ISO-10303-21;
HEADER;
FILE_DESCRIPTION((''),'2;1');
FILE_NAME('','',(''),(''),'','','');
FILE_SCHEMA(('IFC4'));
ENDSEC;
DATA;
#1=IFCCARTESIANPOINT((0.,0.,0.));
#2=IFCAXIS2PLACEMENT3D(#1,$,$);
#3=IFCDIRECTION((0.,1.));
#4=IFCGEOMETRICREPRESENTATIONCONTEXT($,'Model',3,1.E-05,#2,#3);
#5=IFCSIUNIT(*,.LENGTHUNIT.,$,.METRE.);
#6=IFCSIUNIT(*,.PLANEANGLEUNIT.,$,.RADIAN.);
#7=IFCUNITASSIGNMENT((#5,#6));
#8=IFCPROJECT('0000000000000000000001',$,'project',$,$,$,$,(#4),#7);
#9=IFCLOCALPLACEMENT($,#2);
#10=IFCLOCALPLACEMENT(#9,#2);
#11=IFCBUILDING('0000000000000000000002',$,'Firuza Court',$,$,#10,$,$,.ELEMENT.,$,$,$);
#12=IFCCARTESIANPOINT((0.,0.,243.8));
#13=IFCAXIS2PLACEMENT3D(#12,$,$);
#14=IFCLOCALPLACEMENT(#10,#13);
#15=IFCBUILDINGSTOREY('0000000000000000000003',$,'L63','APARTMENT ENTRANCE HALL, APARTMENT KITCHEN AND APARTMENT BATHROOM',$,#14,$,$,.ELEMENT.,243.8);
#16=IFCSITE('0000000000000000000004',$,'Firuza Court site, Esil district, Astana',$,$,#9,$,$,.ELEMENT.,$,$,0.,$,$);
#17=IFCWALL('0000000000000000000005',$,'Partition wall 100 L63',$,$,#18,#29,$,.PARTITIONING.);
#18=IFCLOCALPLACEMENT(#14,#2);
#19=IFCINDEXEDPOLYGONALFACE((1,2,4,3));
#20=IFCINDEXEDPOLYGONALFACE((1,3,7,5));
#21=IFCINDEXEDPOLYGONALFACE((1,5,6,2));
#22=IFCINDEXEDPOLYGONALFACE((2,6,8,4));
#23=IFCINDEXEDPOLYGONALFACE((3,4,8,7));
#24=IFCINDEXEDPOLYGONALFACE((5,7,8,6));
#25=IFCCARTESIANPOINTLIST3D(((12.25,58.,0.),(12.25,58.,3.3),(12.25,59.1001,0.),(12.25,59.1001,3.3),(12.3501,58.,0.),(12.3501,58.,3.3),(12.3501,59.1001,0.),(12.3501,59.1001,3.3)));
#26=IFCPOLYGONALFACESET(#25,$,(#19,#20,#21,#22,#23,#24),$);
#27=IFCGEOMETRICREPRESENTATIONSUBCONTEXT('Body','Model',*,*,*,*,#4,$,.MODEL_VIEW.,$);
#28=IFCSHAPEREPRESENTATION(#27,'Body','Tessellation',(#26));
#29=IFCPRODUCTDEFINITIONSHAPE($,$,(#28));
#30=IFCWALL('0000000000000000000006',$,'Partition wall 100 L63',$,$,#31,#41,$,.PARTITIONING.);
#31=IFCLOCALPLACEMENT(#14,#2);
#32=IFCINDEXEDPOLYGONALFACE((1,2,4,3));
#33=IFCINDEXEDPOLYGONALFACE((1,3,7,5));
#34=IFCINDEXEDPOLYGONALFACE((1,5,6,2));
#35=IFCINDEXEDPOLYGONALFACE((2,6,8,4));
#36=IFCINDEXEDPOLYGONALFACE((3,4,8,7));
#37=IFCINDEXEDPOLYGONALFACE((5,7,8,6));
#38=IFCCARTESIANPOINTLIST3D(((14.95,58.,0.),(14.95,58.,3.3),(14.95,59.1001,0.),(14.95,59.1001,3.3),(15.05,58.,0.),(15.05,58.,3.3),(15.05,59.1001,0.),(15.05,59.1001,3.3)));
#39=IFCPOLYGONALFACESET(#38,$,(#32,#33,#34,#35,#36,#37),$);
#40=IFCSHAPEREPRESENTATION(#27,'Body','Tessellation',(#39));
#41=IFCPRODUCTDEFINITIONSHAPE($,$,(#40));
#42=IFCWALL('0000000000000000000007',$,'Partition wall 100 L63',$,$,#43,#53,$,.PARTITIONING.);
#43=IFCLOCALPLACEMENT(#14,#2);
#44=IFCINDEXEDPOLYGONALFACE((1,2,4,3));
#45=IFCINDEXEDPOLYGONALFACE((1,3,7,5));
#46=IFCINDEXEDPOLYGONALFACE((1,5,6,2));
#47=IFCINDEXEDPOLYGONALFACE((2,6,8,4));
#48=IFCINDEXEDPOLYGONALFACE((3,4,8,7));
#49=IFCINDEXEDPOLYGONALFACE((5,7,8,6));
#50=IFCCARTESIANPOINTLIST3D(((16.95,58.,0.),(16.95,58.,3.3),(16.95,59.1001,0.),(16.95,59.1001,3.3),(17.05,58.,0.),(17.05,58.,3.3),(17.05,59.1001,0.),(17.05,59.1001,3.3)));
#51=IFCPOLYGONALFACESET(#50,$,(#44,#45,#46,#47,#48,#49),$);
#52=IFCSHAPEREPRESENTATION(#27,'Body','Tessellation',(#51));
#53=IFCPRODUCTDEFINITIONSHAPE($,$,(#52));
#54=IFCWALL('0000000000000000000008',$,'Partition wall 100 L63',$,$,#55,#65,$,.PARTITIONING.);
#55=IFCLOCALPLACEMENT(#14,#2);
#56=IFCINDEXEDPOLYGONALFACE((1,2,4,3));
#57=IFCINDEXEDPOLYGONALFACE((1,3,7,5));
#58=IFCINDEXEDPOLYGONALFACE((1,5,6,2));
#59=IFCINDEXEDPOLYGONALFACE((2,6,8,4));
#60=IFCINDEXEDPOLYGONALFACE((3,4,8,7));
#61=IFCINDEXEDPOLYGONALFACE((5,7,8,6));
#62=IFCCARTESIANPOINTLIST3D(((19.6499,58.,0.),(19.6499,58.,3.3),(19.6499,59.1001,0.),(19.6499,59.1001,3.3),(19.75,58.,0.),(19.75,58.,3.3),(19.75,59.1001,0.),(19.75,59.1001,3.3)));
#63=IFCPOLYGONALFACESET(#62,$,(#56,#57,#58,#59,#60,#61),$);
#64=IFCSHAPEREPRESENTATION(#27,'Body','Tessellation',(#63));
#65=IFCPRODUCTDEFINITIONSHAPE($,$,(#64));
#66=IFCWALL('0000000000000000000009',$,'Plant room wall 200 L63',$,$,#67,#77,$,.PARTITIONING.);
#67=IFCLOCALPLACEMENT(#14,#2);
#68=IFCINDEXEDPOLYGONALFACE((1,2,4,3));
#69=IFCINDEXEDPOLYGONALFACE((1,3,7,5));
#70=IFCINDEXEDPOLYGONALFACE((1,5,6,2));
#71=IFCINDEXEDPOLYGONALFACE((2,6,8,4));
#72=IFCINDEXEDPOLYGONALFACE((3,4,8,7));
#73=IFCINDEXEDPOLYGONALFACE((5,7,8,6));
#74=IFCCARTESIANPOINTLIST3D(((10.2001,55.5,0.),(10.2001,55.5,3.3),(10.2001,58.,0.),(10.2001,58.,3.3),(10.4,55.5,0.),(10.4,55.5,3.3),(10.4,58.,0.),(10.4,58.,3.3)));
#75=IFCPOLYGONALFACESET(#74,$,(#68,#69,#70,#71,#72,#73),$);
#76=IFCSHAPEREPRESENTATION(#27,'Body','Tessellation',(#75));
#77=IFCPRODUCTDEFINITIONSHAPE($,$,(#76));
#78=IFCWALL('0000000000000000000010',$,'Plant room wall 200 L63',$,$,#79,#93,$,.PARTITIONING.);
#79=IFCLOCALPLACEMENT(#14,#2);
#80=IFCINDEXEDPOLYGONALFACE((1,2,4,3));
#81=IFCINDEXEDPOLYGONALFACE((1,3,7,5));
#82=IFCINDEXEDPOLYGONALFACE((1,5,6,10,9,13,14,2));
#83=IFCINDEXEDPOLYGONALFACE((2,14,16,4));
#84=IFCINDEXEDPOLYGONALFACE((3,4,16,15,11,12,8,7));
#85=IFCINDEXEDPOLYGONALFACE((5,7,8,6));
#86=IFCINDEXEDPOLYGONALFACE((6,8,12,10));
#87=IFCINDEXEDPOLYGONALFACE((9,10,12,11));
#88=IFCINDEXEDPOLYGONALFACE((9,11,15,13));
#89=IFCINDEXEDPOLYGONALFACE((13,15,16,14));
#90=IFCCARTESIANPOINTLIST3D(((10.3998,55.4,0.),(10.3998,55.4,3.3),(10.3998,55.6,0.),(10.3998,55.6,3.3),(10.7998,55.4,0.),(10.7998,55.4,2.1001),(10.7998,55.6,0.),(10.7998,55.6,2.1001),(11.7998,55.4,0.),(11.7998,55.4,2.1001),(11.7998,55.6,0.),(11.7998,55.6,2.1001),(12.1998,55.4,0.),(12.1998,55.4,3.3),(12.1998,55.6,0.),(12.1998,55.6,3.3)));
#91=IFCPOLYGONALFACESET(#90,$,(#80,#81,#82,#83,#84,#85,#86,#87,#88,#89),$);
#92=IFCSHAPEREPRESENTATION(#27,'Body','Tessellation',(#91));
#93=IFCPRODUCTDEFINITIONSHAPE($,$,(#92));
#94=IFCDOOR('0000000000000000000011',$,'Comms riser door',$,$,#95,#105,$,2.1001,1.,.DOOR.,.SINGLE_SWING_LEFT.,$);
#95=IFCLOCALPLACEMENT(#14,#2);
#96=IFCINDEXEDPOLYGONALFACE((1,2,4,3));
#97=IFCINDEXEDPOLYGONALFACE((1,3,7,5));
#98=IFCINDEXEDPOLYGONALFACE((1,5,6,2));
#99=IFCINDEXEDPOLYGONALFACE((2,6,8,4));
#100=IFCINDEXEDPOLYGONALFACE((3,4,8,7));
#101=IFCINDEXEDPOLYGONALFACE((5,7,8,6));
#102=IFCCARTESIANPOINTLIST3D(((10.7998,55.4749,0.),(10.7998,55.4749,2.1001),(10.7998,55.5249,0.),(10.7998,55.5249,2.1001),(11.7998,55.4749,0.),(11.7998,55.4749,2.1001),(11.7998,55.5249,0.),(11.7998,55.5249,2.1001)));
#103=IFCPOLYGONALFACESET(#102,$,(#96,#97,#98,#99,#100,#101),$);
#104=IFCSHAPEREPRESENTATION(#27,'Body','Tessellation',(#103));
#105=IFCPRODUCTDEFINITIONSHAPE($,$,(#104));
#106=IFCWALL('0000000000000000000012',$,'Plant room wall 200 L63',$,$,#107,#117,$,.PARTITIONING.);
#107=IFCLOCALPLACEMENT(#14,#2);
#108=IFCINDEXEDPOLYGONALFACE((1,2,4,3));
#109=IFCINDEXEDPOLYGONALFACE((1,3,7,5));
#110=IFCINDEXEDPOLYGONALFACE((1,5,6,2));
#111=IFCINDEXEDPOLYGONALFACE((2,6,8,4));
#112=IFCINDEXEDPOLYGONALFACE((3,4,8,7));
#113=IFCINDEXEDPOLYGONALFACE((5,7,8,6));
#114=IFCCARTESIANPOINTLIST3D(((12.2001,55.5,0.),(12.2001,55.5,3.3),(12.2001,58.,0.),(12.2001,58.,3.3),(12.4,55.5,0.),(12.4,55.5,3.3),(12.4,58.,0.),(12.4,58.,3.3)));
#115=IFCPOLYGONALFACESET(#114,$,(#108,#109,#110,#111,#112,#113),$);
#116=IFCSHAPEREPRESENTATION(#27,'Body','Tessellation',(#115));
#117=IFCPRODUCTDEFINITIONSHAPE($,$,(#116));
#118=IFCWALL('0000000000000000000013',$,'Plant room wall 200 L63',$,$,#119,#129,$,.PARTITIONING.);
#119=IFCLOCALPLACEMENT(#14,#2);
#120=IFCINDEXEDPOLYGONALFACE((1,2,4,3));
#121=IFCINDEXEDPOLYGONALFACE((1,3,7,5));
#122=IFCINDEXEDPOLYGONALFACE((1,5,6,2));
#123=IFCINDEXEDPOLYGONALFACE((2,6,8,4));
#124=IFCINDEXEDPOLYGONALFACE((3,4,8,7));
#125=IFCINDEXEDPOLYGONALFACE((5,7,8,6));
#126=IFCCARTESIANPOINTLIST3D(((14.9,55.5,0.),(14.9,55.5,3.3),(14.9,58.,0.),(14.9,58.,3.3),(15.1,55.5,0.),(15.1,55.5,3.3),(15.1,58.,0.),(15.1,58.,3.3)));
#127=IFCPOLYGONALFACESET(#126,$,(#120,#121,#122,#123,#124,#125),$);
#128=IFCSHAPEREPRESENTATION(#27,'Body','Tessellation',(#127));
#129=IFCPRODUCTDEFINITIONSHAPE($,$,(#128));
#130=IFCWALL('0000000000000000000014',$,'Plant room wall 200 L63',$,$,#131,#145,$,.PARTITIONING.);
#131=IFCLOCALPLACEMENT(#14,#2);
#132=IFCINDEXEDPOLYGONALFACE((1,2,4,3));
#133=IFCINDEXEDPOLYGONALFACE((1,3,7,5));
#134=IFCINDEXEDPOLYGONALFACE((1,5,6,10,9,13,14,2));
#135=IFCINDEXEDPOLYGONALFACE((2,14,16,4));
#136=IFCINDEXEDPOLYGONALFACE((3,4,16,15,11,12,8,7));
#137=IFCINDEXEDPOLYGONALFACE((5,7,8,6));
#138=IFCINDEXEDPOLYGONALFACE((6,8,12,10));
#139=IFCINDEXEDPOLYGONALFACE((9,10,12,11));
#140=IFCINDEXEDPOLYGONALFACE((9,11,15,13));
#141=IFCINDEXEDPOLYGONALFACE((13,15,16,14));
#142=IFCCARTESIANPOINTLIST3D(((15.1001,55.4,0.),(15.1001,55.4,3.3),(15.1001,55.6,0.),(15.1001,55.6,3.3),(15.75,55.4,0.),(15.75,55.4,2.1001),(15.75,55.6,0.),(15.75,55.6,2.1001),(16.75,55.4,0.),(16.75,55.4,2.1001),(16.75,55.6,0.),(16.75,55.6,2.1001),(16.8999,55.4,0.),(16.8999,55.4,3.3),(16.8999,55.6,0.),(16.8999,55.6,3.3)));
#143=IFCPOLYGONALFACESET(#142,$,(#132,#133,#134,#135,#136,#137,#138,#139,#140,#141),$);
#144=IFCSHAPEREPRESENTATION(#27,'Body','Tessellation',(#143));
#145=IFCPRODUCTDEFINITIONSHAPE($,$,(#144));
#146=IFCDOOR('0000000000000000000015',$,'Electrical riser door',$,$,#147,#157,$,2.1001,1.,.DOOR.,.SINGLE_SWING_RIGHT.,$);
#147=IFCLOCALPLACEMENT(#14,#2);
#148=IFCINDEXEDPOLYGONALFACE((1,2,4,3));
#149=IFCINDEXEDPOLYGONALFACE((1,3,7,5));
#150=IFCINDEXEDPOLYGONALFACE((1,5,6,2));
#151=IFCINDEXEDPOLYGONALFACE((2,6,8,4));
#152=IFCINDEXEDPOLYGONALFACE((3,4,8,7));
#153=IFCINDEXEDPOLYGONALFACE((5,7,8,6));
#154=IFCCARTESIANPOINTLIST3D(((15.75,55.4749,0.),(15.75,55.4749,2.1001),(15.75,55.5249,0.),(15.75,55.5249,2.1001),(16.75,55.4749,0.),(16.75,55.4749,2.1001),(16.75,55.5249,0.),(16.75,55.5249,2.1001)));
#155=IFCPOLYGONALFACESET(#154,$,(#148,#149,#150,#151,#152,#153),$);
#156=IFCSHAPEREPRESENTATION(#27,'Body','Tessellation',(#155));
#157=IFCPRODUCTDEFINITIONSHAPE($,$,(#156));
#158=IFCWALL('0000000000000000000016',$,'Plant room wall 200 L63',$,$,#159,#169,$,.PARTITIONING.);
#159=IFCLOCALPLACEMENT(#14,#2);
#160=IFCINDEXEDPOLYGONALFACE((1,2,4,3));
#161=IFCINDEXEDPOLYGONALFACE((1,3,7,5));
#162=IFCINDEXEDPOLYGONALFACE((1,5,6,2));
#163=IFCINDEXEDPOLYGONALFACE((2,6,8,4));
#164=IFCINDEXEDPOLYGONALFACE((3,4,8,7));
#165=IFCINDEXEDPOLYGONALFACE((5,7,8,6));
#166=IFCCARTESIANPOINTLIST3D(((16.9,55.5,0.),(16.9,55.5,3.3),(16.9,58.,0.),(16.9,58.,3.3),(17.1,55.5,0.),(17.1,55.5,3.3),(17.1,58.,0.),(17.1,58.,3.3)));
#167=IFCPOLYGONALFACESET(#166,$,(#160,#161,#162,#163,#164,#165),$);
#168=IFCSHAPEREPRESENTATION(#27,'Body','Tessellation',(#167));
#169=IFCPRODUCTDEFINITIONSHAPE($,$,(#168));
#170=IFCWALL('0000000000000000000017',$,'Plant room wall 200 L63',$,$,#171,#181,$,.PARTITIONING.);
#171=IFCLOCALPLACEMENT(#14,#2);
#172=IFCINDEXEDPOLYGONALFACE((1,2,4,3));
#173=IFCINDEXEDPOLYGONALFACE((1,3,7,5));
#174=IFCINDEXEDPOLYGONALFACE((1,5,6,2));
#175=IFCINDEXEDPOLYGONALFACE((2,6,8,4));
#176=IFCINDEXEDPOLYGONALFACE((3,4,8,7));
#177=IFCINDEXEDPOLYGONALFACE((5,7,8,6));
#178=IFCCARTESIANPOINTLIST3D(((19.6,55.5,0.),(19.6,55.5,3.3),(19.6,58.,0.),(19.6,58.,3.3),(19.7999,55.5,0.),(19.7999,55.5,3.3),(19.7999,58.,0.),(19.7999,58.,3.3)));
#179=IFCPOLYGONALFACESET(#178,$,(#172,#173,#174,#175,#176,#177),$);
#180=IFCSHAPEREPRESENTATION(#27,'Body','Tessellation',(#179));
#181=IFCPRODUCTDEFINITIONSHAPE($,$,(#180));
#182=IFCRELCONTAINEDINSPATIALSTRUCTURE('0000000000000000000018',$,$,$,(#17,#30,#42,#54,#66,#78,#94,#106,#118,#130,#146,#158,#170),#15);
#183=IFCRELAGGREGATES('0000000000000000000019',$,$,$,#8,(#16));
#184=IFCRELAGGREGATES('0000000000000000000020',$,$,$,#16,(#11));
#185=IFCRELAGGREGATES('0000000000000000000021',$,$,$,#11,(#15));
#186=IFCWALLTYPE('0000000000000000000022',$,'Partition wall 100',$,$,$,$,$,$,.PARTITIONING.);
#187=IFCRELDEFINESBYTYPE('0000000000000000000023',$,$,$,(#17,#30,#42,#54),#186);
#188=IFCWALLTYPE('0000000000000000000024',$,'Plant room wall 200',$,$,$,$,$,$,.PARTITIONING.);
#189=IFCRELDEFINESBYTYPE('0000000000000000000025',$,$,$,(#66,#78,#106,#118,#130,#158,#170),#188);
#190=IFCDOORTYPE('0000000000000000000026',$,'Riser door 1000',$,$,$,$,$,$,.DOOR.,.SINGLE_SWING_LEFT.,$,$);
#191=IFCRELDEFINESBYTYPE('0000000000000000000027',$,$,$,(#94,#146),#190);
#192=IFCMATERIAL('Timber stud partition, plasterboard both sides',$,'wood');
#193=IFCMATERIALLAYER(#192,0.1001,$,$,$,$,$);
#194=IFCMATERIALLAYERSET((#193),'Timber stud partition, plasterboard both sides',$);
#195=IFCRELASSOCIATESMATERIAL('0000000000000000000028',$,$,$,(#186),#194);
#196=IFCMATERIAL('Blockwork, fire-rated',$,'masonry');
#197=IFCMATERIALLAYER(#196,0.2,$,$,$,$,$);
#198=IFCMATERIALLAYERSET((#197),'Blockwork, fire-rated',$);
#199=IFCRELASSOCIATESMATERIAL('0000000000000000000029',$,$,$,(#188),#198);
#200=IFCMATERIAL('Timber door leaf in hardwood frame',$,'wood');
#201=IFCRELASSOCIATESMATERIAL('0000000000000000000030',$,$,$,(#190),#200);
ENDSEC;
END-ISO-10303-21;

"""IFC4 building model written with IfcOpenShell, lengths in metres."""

from ifc_helpers import new_model, si_unit, direction, frame, frame_2d, origin, place, context, subcontext, project, spatial, rectangle, extrude, material, layer, layer_set, type_object, element, fill, save


model = new_model("IFC4")

# Units and contexts
model_context = context("Model", 3, precision=1e-05, world=origin(), true_north=direction((0.0, 1.0)))
body_context = subcontext(model_context, "Body", "Model", "MODEL_VIEW")
ifc_project = project(units=[si_unit("LENGTHUNIT", "METRE"), si_unit("PLANEANGLEUNIT", "RADIAN")], contexts=[model_context])

# Site, building, storey
site_placement = place(None, origin())
site = spatial("IfcSite", under=ifc_project, at=site_placement, Name="Firuza Court site, Esil district, Astana", CompositionType="ELEMENT", RefElevation=0.0)
building_placement = place(site_placement, origin())
building = spatial("IfcBuilding", under=site, at=building_placement, Name="Firuza Court", CompositionType="ELEMENT")
storey_placement = place(building_placement, frame((0.0, 0.0, 243.8)))
storey = spatial("IfcBuildingStorey", under=building, at=storey_placement, Name="L63", Description="APARTMENT ENTRANCE HALL, APARTMENT KITCHEN AND APARTMENT BATHROOM", CompositionType="ELEMENT", Elevation=243.8)

# Walls
ifc_material_1 = material(Name="Timber stud partition, plasterboard both sides", Category="wood")
ifc_layer_1 = layer(ifc_material_1, 0.1001)
ifc_layer_set_1 = layer_set([ifc_layer_1], Name="Timber stud partition, plasterboard both sides")
wall_type_1 = type_object("IfcWallType", Name="Partition wall 100", PredefinedType="PARTITIONING", material=ifc_layer_set_1)
for number, where, z_axis, x_axis, name in (
    (1, (12.3, 58.0, 0.0), (0.0, 0.0, 1.0), (0.0, 1.0, 0.0), "Partition wall 100 L63"),
    (2, (15.0, 58.0, 0.0), (0.0, 0.0, 1.0), (0.0, 1.0, 0.0), "Partition wall 100 L63"),
    (3, (17.0, 58.0, 0.0), (0.0, 0.0, 1.0), (0.0, 1.0, 0.0), "Partition wall 100 L63"),
    (4, (19.7, 58.0, 0.0), (0.0, 0.0, 1.0), (0.0, 1.0, 0.0), "Partition wall 100 L63"),
):
    element("IfcWall", number, at=place(storey_placement, frame(where, z_axis=z_axis, x_axis=x_axis)), inside=storey, type_object=wall_type_1, Name=name, PredefinedType="PARTITIONING", context=body_context, shape_type="SweptSolid", body=[
        extrude(rectangle(XDim=1.1001, YDim=0.1001, at=frame_2d((0.55, 0.0))), origin(), (0.0, 0.0, 1.0), 3.3),
    ])
ifc_material_2 = material(Name="Blockwork, fire-rated", Category="masonry")
ifc_layer_2 = layer(ifc_material_2, 0.2)
ifc_layer_set_2 = layer_set([ifc_layer_2], Name="Blockwork, fire-rated")
wall_type_2 = type_object("IfcWallType", Name="Plant room wall 200", PredefinedType="PARTITIONING", material=ifc_layer_set_2)
wall_1_placement = place(storey_placement, frame((10.3, 55.5, 0.0), z_axis=(0.0, 0.0, 1.0), x_axis=(0.0, 1.0, 0.0)))
element("IfcWall", 5, at=wall_1_placement, inside=storey, type_object=wall_type_2, Name="Plant room wall 200 L63", PredefinedType="PARTITIONING", context=body_context, shape_type="SweptSolid", body=[
    extrude(rectangle(XDim=2.5, YDim=0.2, at=frame_2d((1.25, 0.0))), origin(), (0.0, 0.0, 1.0), 3.3),
])

# Wall, opening, door
wall_2_placement = place(storey_placement, frame((10.3999, 55.5, 0.0), z_axis=(0.0, 0.0, 1.0), x_axis=(1.0, 0.0, 0.0)))
wall_2 = element("IfcWall", 6, at=wall_2_placement, inside=storey, type_object=wall_type_2, Name="Plant room wall 200 L63", PredefinedType="PARTITIONING", context=body_context, shape_type="SweptSolid", body=[
    extrude(rectangle(XDim=1.8, YDim=0.2, at=frame_2d((0.8999, 0.0))), origin(), (0.0, 0.0, 1.0), 3.3),
])
opening_1_placement = place(wall_2_placement, frame((0.3999, 0.0, 0.0)))
opening_1 = element("IfcOpeningElement", 7, at=opening_1_placement, cuts=wall_2, PredefinedType="OPENING", context=body_context, shape_type="SweptSolid", body=[
    extrude(rectangle(XDim=1.0, YDim=2.1001, at=frame_2d((0.5, 1.05))), frame((0.0, 0.1118, 0.0), z_axis=(0.0, -1.0, 0.0), x_axis=(1.0, 0.0, 0.0)), (0.0, 0.0, 1.0), 0.2239),
])
ifc_material_3 = material(Name="Timber door leaf in hardwood frame", Category="wood")
door_type_1 = type_object("IfcDoorType", Name="Riser door 1000", OperationType="SINGLE_SWING_LEFT", PredefinedType="DOOR", material=ifc_material_3)
door_1_placement = place(opening_1_placement, origin())
door_1 = element("IfcDoor", 8, at=door_1_placement, inside=storey, type_object=door_type_1, Name="Comms riser door", OperationType="SINGLE_SWING_LEFT", OverallHeight=2.1001, OverallWidth=1.0, PredefinedType="DOOR", context=body_context, shape_type="SweptSolid", body=[
    extrude(rectangle(XDim=1.0, YDim=2.1001, at=frame_2d((0.5, 1.05))), frame((0.0, 0.0249, 0.0), z_axis=(0.0, -1.0, 0.0), x_axis=(1.0, 0.0, 0.0)), (0.0, 0.0, 1.0), 0.05),
])
fill(opening_1, door_1)

# Walls
for number, where, z_axis, x_axis, name in (
    (9, (12.3, 55.5, 0.0), (0.0, 0.0, 1.0), (0.0, 1.0, 0.0), "Plant room wall 200 L63"),
    (10, (15.0, 55.5, 0.0), (0.0, 0.0, 1.0), (0.0, 1.0, 0.0), "Plant room wall 200 L63"),
):
    element("IfcWall", number, at=place(storey_placement, frame(where, z_axis=z_axis, x_axis=x_axis)), inside=storey, type_object=wall_type_2, Name=name, PredefinedType="PARTITIONING", context=body_context, shape_type="SweptSolid", body=[
        extrude(rectangle(XDim=2.5, YDim=0.2, at=frame_2d((1.25, 0.0))), origin(), (0.0, 0.0, 1.0), 3.3),
    ])

# Wall, opening, door
wall_3_placement = place(storey_placement, frame((15.1001, 55.5, 0.0), z_axis=(0.0, 0.0, 1.0), x_axis=(1.0, 0.0, 0.0)))
wall_3 = element("IfcWall", 11, at=wall_3_placement, inside=storey, type_object=wall_type_2, Name="Plant room wall 200 L63", PredefinedType="PARTITIONING", context=body_context, shape_type="SweptSolid", body=[
    extrude(rectangle(XDim=1.7998, YDim=0.2, at=frame_2d((0.8999, 0.0))), origin(), (0.0, 0.0, 1.0), 3.3),
])
opening_2_placement = place(wall_3_placement, frame((0.6499, 0.0, 0.0)))
opening_2 = element("IfcOpeningElement", 12, at=opening_2_placement, cuts=wall_3, PredefinedType="OPENING", context=body_context, shape_type="SweptSolid", body=[
    extrude(rectangle(XDim=1.0, YDim=2.1001, at=frame_2d((0.5, 1.05))), frame((0.0, 0.1118, 0.0), z_axis=(0.0, -1.0, 0.0), x_axis=(1.0, 0.0, 0.0)), (0.0, 0.0, 1.0), 0.2239),
])
door_2_placement = place(opening_2_placement, origin())
door_2 = element("IfcDoor", 13, at=door_2_placement, inside=storey, type_object=door_type_1, Name="Electrical riser door", OperationType="SINGLE_SWING_RIGHT", OverallHeight=2.1001, OverallWidth=1.0, PredefinedType="DOOR", context=body_context, shape_type="SweptSolid", body=[
    extrude(rectangle(XDim=1.0, YDim=2.1001, at=frame_2d((0.5, 1.05))), frame((0.0, 0.0249, 0.0), z_axis=(0.0, -1.0, 0.0), x_axis=(1.0, 0.0, 0.0)), (0.0, 0.0, 1.0), 0.05),
])
fill(opening_2, door_2)

# Walls
for number, where, z_axis, x_axis, name in (
    (14, (17.0, 55.5, 0.0), (0.0, 0.0, 1.0), (0.0, 1.0, 0.0), "Plant room wall 200 L63"),
    (15, (19.7, 55.5, 0.0), (0.0, 0.0, 1.0), (0.0, 1.0, 0.0), "Plant room wall 200 L63"),
):
    element("IfcWall", number, at=place(storey_placement, frame(where, z_axis=z_axis, x_axis=x_axis)), inside=storey, type_object=wall_type_2, Name=name, PredefinedType="PARTITIONING", context=body_context, shape_type="SweptSolid", body=[
        extrude(rectangle(XDim=2.5, YDim=0.2, at=frame_2d((1.25, 0.0))), origin(), (0.0, 0.0, 1.0), 3.3),
    ])

save(model, "model.ifc")
